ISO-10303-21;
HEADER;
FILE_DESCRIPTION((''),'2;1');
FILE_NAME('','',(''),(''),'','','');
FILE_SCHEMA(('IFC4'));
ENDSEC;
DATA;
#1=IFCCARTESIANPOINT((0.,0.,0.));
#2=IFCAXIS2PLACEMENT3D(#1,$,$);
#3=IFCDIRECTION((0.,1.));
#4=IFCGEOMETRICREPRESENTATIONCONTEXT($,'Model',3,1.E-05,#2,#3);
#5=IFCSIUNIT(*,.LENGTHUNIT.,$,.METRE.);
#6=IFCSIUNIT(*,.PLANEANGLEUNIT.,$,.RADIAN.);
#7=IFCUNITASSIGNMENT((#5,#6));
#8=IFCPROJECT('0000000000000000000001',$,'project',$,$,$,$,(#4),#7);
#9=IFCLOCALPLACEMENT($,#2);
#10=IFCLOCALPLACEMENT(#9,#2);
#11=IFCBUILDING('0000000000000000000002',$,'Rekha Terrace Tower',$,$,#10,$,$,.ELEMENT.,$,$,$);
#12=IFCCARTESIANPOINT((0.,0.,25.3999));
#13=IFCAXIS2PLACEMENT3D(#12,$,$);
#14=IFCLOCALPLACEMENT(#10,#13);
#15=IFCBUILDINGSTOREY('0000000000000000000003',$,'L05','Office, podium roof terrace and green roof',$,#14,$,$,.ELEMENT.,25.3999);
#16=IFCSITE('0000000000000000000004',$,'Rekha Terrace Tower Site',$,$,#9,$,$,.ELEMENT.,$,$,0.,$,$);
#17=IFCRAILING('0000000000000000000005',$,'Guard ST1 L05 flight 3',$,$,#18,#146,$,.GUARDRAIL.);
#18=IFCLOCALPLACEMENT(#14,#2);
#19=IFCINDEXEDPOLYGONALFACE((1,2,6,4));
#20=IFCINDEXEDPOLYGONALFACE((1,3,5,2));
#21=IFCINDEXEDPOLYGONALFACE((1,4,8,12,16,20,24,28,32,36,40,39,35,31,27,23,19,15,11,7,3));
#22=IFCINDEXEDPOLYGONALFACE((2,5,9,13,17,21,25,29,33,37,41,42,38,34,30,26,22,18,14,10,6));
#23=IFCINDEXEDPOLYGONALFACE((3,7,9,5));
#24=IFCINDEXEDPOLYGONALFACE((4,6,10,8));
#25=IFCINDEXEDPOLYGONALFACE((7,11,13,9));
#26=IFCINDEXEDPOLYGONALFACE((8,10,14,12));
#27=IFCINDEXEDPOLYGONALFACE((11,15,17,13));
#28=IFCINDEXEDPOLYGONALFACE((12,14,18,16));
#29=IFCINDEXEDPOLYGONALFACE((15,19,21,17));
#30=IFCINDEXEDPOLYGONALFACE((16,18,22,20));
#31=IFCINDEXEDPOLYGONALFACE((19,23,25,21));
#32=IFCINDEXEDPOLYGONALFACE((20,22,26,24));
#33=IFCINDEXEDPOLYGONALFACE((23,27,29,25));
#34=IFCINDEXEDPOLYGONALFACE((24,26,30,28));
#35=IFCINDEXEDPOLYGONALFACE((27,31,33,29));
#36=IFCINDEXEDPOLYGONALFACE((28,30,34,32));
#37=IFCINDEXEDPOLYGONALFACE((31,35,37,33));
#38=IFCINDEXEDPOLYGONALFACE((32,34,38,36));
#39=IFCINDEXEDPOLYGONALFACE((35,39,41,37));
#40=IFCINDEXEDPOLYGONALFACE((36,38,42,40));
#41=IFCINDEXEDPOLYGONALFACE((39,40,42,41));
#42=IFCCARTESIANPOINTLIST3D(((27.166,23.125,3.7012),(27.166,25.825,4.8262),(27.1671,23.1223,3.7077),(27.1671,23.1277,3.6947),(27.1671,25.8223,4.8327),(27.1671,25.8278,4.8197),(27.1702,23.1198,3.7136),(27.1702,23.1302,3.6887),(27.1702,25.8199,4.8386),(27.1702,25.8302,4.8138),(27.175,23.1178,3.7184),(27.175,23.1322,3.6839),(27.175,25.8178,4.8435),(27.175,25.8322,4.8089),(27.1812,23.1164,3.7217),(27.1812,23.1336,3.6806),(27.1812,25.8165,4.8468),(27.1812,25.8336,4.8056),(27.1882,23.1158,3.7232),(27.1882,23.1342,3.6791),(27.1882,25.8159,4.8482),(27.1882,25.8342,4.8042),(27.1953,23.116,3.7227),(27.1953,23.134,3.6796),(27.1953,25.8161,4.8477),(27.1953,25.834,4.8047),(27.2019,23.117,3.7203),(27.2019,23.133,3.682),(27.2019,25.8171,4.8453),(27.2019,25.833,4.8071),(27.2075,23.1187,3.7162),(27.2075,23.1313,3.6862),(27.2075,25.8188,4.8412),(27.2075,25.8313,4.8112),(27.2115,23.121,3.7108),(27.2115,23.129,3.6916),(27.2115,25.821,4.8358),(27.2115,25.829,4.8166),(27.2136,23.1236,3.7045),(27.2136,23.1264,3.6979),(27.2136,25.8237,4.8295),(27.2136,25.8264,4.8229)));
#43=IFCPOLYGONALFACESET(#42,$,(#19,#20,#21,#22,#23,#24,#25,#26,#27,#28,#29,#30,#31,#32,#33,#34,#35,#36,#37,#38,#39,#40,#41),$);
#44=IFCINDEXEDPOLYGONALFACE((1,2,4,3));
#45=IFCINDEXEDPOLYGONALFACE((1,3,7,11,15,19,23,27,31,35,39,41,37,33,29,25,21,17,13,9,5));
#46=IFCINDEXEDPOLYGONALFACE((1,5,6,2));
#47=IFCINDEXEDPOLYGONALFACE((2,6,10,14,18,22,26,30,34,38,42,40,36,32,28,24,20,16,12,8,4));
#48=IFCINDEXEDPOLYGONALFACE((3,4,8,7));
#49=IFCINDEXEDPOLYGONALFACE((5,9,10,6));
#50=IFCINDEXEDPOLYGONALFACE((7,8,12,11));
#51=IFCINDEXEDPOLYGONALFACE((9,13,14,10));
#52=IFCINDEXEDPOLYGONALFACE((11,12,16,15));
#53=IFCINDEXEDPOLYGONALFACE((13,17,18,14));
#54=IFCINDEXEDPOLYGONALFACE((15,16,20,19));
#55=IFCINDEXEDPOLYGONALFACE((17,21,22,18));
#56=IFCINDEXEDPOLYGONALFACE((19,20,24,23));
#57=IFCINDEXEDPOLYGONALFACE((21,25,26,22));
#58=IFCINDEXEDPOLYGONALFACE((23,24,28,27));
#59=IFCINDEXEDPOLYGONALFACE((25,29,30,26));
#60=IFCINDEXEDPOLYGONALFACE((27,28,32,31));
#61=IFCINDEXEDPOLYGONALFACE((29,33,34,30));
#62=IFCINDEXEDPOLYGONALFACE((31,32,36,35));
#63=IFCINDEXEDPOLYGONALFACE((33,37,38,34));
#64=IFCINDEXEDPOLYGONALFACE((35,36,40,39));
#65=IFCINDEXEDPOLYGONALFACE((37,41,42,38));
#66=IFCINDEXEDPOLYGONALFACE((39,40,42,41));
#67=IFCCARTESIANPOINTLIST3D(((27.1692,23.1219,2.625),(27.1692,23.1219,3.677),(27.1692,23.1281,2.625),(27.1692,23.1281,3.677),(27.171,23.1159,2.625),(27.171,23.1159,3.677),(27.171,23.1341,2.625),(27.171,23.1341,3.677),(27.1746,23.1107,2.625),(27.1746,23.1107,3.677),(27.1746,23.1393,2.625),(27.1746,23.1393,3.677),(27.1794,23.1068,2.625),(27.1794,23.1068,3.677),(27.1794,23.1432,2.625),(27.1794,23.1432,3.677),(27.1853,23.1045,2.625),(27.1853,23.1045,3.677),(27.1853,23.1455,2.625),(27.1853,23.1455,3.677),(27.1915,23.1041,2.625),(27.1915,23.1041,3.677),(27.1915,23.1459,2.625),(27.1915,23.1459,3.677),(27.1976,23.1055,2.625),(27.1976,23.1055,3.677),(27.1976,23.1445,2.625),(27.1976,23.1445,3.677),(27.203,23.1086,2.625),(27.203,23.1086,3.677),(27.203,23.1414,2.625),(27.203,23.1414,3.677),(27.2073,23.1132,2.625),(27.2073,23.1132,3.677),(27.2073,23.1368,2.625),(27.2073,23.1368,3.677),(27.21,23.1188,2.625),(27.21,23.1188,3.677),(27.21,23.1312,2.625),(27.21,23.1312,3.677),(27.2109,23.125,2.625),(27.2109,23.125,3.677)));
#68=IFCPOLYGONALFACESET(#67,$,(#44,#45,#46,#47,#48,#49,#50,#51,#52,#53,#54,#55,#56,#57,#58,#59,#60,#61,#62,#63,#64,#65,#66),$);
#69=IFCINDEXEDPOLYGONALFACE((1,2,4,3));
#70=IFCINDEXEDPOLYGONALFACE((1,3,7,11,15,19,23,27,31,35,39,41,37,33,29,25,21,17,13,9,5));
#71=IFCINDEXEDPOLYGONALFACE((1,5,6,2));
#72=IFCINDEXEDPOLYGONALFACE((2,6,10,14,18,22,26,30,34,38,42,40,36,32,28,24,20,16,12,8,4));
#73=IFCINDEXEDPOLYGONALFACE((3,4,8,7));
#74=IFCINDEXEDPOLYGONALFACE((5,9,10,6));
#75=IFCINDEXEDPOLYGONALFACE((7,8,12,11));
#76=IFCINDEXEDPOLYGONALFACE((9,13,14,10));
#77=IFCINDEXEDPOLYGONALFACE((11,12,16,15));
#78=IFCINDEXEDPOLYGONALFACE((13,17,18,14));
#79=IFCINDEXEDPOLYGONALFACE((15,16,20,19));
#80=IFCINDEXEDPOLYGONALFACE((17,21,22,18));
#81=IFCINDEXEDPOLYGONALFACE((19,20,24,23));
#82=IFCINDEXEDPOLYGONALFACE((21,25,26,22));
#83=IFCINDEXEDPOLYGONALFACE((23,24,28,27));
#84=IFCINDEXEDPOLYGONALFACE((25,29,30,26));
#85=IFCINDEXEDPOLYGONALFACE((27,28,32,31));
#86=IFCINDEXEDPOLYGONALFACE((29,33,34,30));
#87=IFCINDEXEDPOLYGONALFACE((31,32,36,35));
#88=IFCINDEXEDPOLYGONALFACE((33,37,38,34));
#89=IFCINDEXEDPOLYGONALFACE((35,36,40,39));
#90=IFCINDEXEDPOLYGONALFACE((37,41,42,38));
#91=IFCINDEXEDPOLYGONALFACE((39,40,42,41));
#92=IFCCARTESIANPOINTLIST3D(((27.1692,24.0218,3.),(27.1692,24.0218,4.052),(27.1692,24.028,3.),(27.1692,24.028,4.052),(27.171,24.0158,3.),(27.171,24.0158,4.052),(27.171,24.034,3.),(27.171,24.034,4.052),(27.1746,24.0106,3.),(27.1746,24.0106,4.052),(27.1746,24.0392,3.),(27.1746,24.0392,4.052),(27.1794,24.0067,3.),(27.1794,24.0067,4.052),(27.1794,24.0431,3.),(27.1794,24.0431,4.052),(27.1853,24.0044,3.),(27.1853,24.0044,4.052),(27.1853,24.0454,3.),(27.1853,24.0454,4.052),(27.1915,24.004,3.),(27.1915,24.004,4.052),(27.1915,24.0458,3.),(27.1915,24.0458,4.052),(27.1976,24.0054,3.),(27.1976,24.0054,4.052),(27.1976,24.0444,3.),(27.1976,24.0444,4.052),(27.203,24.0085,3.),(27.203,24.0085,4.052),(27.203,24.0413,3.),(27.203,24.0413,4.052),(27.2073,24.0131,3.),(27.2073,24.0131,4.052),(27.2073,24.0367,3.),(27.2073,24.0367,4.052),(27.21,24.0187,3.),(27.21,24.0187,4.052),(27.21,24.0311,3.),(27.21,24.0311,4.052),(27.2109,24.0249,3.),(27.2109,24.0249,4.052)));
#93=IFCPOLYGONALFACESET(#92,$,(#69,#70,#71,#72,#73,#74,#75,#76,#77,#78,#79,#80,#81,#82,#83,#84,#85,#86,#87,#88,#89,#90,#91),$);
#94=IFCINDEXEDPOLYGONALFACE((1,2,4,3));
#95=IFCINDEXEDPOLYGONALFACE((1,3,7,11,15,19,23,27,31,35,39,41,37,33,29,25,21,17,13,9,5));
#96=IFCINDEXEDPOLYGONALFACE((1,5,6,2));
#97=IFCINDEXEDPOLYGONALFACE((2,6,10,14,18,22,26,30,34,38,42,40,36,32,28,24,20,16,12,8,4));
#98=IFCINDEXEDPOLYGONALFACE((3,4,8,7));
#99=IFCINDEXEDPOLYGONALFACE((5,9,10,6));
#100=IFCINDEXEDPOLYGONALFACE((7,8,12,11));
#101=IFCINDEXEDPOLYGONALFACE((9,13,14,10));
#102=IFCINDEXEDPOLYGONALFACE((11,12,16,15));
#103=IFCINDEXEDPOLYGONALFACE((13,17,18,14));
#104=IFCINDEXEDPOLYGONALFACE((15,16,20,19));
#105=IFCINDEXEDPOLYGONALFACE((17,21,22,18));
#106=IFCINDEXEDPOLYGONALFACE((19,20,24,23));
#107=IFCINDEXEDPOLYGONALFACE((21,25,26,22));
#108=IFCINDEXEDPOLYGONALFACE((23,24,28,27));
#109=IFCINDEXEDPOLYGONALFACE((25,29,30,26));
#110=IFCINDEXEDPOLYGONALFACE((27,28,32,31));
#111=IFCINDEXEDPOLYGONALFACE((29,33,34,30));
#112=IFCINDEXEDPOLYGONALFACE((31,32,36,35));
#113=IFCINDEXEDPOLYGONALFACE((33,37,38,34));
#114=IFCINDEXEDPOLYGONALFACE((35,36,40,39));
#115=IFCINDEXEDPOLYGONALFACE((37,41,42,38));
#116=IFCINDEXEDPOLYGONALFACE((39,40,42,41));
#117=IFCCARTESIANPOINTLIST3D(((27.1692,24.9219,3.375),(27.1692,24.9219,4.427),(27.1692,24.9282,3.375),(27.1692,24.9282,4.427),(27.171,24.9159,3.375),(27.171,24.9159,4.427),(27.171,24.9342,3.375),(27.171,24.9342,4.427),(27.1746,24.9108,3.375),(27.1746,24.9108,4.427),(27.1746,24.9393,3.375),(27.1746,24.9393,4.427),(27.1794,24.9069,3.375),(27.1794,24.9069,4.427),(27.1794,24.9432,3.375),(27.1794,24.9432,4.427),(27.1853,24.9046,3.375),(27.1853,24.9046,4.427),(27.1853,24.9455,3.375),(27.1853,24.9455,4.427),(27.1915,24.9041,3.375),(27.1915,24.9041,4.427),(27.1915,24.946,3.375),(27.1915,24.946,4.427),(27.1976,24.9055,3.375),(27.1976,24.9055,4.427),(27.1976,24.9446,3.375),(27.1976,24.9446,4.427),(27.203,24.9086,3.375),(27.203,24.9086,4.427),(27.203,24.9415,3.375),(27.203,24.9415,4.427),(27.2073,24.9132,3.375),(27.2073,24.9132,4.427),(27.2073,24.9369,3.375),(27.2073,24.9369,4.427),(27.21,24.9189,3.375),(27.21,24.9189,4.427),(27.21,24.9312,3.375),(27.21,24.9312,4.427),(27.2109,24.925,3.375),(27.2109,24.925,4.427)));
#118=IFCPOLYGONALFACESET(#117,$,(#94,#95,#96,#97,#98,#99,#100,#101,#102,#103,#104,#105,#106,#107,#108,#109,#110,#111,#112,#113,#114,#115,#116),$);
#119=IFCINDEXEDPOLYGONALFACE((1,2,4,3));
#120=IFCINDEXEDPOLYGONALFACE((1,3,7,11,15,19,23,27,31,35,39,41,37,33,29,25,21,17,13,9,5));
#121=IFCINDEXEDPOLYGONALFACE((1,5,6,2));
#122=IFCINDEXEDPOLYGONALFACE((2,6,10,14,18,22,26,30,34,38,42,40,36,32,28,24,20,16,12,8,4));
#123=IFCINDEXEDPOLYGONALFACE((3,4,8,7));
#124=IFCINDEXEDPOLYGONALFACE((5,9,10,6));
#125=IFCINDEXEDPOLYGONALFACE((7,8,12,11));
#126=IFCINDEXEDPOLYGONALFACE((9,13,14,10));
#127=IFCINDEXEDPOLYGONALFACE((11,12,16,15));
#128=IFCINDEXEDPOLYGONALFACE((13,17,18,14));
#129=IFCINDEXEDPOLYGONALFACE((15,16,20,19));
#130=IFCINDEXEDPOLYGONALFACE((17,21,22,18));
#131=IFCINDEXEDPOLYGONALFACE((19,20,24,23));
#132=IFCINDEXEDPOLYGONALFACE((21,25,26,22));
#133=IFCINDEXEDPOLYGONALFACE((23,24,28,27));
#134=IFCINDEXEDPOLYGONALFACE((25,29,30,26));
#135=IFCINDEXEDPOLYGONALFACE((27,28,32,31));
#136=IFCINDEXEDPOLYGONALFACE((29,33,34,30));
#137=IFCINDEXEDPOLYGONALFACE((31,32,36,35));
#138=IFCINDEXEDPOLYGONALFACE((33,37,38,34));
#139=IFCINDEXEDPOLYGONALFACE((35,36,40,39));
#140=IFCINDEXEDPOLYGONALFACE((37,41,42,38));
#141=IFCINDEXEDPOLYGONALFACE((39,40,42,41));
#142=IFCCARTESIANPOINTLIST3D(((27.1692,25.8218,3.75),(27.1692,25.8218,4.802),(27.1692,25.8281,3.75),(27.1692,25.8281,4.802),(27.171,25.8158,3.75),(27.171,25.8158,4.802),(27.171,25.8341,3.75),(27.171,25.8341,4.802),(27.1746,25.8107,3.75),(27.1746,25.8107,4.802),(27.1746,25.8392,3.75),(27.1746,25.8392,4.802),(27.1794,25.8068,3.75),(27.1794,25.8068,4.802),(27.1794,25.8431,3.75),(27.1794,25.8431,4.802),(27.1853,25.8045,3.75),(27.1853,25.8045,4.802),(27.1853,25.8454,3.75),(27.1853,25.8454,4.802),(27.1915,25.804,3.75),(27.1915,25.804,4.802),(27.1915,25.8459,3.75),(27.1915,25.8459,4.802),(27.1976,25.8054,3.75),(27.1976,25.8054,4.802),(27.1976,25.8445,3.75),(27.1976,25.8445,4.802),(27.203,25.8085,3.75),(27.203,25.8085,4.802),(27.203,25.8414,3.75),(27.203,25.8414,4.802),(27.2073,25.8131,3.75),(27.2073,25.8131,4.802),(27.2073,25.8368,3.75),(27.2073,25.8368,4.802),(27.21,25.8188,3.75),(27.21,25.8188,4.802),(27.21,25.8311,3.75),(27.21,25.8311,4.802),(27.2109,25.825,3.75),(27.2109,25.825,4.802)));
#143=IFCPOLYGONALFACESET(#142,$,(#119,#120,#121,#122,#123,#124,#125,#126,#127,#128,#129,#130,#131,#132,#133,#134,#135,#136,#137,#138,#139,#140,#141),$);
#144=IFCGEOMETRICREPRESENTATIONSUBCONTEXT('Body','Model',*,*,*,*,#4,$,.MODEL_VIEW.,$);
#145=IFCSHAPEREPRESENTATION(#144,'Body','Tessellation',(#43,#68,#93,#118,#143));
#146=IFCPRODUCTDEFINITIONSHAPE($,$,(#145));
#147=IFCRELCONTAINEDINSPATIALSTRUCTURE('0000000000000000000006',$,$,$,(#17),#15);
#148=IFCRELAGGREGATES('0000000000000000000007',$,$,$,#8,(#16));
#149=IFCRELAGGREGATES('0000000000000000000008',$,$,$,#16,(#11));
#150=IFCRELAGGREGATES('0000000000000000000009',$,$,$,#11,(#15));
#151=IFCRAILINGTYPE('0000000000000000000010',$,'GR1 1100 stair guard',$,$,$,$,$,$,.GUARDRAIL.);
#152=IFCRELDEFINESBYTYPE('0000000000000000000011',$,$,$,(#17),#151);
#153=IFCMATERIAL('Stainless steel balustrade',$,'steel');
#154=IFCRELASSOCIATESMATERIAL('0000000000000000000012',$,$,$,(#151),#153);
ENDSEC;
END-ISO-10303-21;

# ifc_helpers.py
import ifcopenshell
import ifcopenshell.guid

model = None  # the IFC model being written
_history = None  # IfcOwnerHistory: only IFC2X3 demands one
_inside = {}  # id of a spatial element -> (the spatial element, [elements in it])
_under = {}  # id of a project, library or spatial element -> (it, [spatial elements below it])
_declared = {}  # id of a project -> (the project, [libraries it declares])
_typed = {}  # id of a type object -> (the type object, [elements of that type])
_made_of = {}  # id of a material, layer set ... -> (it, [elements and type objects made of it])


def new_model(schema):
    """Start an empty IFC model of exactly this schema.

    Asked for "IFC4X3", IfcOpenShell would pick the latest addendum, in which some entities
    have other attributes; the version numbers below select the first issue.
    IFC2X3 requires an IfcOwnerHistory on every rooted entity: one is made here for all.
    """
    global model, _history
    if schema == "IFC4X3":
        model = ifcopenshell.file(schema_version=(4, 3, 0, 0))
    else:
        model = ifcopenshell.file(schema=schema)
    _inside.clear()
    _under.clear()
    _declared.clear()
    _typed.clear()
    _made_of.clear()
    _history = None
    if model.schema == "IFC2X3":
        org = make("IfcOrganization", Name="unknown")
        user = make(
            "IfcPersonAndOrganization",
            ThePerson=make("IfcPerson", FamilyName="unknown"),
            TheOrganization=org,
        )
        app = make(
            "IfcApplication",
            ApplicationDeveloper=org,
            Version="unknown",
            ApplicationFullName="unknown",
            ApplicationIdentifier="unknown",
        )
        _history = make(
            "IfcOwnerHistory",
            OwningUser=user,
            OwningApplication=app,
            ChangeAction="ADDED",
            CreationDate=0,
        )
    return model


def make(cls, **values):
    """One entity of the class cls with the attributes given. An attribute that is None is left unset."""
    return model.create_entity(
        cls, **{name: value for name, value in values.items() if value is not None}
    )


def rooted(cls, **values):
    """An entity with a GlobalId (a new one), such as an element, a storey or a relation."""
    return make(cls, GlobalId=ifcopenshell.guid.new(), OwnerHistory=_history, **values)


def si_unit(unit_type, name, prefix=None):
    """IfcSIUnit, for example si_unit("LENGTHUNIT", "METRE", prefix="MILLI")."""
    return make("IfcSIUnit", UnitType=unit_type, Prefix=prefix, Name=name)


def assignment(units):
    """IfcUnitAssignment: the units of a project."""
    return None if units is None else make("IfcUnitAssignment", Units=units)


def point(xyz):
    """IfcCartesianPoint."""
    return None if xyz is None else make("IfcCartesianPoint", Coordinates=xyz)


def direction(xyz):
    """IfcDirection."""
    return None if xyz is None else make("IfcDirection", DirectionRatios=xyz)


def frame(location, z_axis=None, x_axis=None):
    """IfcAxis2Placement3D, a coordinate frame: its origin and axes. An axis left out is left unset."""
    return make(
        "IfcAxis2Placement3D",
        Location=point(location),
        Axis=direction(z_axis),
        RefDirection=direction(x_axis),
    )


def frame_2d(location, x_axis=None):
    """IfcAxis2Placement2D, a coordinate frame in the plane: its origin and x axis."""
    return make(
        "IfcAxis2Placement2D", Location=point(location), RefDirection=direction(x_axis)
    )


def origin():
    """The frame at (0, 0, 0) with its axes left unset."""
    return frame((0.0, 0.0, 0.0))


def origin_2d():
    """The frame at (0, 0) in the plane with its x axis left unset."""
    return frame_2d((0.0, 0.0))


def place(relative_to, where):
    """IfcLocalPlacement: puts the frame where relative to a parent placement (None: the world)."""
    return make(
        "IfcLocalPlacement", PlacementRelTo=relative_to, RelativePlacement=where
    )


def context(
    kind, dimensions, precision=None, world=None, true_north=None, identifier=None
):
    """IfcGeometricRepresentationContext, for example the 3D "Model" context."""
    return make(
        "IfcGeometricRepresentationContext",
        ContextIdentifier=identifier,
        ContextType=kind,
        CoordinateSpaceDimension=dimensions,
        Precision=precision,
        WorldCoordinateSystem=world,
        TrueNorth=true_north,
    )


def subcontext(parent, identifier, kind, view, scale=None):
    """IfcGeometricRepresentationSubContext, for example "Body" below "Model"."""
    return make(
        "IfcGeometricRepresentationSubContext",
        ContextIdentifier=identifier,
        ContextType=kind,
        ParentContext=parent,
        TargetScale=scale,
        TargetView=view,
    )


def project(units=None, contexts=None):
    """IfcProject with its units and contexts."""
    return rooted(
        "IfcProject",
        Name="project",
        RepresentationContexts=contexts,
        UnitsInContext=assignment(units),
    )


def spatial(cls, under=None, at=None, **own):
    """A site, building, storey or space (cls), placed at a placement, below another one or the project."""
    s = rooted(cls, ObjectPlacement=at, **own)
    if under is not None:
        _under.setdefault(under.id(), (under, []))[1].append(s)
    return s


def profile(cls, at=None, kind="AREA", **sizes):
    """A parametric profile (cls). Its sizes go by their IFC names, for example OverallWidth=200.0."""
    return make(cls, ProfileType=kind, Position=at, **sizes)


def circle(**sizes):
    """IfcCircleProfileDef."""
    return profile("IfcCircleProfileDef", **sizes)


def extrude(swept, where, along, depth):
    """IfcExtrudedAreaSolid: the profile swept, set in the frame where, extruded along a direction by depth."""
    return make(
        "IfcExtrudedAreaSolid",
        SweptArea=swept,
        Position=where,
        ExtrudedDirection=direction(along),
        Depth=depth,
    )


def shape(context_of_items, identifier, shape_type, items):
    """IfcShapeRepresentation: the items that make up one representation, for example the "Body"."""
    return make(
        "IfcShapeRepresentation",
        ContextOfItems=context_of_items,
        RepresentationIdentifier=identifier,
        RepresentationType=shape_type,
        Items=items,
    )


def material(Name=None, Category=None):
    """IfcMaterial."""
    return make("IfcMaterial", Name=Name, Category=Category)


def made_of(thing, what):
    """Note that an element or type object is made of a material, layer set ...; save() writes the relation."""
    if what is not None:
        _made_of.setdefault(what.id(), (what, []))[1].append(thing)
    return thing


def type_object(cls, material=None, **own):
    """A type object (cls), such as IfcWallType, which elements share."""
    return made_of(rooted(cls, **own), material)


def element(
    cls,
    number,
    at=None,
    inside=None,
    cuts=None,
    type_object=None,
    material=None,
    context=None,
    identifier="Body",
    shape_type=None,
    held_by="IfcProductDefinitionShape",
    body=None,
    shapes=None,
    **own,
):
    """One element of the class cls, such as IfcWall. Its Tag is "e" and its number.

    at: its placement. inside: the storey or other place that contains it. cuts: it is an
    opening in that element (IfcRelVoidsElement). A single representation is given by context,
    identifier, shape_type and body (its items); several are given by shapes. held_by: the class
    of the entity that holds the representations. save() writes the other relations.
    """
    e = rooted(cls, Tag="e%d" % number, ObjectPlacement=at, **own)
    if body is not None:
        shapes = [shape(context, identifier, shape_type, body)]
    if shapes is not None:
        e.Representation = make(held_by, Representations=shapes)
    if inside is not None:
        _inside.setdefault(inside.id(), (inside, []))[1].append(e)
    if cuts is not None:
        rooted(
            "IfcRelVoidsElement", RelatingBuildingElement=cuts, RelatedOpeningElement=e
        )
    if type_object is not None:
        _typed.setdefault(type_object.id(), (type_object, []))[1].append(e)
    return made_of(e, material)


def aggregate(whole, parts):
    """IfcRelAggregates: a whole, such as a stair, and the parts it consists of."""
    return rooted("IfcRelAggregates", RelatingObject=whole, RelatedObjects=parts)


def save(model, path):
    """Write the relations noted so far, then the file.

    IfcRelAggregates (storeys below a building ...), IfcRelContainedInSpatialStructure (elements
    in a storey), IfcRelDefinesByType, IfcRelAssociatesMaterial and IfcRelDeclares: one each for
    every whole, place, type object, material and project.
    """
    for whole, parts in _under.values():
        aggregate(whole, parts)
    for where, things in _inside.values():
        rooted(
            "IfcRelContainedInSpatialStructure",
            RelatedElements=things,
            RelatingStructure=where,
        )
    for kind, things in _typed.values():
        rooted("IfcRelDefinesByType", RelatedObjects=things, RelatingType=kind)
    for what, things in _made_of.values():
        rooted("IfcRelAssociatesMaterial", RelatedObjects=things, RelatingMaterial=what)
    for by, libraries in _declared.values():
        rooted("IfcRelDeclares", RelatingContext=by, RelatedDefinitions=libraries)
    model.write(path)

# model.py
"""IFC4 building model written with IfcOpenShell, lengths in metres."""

from ifc_helpers import new_model, si_unit, direction, frame, origin, origin_2d, place, context, subcontext, project, spatial, circle, extrude, material, type_object, element, save


model = new_model("IFC4")

# Units and contexts
model_context = context("Model", 3, precision=1e-05, world=origin(), true_north=direction((0.0, 1.0)))
body_context = subcontext(model_context, "Body", "Model", "MODEL_VIEW")
ifc_project = project(units=[si_unit("LENGTHUNIT", "METRE"), si_unit("PLANEANGLEUNIT", "RADIAN")], contexts=[model_context])

# Site, building, storey
site_placement = place(None, origin())
site = spatial("IfcSite", under=ifc_project, at=site_placement, Name="Rekha Terrace Tower Site", CompositionType="ELEMENT", RefElevation=0.0)
building_placement = place(site_placement, origin())
building = spatial("IfcBuilding", under=site, at=building_placement, Name="Rekha Terrace Tower", CompositionType="ELEMENT")
storey_placement = place(building_placement, frame((0.0, 0.0, 25.3999)))
storey = spatial("IfcBuildingStorey", under=building, at=storey_placement, Name="L05", Description="Office, podium roof terrace and green roof", CompositionType="ELEMENT", Elevation=25.3999)

# Railing
ifc_material_1 = material(Name="Stainless steel balustrade", Category="steel")
railing_type_1 = type_object("IfcRailingType", Name="GR1 1100 stair guard", PredefinedType="GUARDRAIL", material=ifc_material_1)
railing_1_placement = place(storey_placement, frame((27.1899, 23.125, 2.625)))
element("IfcRailing", 1, at=railing_1_placement, inside=storey, type_object=railing_type_1, Name="Guard ST1 L05 flight 3", PredefinedType="GUARDRAIL", context=body_context, shape_type="SweptSolid", body=[
    extrude(circle(Radius=0.0239, at=origin_2d()), frame((0.0, 0.0, 1.0762), z_axis=(0.0, 0.923074, 0.384621), x_axis=(-1.0, 0.0, 0.0)), (0.0, 0.0, 1.0), 2.925),
    extrude(circle(Radius=0.021, at=origin_2d()), origin(), (0.0, 0.0, 1.0), 1.052),
    extrude(circle(Radius=0.021, at=origin_2d()), frame((0.0, 0.8999, 0.375)), (0.0, 0.0, 1.0), 1.052),
    extrude(circle(Radius=0.021, at=origin_2d()), frame((0.0, 1.8, 0.75)), (0.0, 0.0, 1.0), 1.052),
    extrude(circle(Radius=0.021, at=origin_2d()), frame((0.0, 2.7, 1.125)), (0.0, 0.0, 1.0), 1.052),
])

save(model, "model.ifc")
